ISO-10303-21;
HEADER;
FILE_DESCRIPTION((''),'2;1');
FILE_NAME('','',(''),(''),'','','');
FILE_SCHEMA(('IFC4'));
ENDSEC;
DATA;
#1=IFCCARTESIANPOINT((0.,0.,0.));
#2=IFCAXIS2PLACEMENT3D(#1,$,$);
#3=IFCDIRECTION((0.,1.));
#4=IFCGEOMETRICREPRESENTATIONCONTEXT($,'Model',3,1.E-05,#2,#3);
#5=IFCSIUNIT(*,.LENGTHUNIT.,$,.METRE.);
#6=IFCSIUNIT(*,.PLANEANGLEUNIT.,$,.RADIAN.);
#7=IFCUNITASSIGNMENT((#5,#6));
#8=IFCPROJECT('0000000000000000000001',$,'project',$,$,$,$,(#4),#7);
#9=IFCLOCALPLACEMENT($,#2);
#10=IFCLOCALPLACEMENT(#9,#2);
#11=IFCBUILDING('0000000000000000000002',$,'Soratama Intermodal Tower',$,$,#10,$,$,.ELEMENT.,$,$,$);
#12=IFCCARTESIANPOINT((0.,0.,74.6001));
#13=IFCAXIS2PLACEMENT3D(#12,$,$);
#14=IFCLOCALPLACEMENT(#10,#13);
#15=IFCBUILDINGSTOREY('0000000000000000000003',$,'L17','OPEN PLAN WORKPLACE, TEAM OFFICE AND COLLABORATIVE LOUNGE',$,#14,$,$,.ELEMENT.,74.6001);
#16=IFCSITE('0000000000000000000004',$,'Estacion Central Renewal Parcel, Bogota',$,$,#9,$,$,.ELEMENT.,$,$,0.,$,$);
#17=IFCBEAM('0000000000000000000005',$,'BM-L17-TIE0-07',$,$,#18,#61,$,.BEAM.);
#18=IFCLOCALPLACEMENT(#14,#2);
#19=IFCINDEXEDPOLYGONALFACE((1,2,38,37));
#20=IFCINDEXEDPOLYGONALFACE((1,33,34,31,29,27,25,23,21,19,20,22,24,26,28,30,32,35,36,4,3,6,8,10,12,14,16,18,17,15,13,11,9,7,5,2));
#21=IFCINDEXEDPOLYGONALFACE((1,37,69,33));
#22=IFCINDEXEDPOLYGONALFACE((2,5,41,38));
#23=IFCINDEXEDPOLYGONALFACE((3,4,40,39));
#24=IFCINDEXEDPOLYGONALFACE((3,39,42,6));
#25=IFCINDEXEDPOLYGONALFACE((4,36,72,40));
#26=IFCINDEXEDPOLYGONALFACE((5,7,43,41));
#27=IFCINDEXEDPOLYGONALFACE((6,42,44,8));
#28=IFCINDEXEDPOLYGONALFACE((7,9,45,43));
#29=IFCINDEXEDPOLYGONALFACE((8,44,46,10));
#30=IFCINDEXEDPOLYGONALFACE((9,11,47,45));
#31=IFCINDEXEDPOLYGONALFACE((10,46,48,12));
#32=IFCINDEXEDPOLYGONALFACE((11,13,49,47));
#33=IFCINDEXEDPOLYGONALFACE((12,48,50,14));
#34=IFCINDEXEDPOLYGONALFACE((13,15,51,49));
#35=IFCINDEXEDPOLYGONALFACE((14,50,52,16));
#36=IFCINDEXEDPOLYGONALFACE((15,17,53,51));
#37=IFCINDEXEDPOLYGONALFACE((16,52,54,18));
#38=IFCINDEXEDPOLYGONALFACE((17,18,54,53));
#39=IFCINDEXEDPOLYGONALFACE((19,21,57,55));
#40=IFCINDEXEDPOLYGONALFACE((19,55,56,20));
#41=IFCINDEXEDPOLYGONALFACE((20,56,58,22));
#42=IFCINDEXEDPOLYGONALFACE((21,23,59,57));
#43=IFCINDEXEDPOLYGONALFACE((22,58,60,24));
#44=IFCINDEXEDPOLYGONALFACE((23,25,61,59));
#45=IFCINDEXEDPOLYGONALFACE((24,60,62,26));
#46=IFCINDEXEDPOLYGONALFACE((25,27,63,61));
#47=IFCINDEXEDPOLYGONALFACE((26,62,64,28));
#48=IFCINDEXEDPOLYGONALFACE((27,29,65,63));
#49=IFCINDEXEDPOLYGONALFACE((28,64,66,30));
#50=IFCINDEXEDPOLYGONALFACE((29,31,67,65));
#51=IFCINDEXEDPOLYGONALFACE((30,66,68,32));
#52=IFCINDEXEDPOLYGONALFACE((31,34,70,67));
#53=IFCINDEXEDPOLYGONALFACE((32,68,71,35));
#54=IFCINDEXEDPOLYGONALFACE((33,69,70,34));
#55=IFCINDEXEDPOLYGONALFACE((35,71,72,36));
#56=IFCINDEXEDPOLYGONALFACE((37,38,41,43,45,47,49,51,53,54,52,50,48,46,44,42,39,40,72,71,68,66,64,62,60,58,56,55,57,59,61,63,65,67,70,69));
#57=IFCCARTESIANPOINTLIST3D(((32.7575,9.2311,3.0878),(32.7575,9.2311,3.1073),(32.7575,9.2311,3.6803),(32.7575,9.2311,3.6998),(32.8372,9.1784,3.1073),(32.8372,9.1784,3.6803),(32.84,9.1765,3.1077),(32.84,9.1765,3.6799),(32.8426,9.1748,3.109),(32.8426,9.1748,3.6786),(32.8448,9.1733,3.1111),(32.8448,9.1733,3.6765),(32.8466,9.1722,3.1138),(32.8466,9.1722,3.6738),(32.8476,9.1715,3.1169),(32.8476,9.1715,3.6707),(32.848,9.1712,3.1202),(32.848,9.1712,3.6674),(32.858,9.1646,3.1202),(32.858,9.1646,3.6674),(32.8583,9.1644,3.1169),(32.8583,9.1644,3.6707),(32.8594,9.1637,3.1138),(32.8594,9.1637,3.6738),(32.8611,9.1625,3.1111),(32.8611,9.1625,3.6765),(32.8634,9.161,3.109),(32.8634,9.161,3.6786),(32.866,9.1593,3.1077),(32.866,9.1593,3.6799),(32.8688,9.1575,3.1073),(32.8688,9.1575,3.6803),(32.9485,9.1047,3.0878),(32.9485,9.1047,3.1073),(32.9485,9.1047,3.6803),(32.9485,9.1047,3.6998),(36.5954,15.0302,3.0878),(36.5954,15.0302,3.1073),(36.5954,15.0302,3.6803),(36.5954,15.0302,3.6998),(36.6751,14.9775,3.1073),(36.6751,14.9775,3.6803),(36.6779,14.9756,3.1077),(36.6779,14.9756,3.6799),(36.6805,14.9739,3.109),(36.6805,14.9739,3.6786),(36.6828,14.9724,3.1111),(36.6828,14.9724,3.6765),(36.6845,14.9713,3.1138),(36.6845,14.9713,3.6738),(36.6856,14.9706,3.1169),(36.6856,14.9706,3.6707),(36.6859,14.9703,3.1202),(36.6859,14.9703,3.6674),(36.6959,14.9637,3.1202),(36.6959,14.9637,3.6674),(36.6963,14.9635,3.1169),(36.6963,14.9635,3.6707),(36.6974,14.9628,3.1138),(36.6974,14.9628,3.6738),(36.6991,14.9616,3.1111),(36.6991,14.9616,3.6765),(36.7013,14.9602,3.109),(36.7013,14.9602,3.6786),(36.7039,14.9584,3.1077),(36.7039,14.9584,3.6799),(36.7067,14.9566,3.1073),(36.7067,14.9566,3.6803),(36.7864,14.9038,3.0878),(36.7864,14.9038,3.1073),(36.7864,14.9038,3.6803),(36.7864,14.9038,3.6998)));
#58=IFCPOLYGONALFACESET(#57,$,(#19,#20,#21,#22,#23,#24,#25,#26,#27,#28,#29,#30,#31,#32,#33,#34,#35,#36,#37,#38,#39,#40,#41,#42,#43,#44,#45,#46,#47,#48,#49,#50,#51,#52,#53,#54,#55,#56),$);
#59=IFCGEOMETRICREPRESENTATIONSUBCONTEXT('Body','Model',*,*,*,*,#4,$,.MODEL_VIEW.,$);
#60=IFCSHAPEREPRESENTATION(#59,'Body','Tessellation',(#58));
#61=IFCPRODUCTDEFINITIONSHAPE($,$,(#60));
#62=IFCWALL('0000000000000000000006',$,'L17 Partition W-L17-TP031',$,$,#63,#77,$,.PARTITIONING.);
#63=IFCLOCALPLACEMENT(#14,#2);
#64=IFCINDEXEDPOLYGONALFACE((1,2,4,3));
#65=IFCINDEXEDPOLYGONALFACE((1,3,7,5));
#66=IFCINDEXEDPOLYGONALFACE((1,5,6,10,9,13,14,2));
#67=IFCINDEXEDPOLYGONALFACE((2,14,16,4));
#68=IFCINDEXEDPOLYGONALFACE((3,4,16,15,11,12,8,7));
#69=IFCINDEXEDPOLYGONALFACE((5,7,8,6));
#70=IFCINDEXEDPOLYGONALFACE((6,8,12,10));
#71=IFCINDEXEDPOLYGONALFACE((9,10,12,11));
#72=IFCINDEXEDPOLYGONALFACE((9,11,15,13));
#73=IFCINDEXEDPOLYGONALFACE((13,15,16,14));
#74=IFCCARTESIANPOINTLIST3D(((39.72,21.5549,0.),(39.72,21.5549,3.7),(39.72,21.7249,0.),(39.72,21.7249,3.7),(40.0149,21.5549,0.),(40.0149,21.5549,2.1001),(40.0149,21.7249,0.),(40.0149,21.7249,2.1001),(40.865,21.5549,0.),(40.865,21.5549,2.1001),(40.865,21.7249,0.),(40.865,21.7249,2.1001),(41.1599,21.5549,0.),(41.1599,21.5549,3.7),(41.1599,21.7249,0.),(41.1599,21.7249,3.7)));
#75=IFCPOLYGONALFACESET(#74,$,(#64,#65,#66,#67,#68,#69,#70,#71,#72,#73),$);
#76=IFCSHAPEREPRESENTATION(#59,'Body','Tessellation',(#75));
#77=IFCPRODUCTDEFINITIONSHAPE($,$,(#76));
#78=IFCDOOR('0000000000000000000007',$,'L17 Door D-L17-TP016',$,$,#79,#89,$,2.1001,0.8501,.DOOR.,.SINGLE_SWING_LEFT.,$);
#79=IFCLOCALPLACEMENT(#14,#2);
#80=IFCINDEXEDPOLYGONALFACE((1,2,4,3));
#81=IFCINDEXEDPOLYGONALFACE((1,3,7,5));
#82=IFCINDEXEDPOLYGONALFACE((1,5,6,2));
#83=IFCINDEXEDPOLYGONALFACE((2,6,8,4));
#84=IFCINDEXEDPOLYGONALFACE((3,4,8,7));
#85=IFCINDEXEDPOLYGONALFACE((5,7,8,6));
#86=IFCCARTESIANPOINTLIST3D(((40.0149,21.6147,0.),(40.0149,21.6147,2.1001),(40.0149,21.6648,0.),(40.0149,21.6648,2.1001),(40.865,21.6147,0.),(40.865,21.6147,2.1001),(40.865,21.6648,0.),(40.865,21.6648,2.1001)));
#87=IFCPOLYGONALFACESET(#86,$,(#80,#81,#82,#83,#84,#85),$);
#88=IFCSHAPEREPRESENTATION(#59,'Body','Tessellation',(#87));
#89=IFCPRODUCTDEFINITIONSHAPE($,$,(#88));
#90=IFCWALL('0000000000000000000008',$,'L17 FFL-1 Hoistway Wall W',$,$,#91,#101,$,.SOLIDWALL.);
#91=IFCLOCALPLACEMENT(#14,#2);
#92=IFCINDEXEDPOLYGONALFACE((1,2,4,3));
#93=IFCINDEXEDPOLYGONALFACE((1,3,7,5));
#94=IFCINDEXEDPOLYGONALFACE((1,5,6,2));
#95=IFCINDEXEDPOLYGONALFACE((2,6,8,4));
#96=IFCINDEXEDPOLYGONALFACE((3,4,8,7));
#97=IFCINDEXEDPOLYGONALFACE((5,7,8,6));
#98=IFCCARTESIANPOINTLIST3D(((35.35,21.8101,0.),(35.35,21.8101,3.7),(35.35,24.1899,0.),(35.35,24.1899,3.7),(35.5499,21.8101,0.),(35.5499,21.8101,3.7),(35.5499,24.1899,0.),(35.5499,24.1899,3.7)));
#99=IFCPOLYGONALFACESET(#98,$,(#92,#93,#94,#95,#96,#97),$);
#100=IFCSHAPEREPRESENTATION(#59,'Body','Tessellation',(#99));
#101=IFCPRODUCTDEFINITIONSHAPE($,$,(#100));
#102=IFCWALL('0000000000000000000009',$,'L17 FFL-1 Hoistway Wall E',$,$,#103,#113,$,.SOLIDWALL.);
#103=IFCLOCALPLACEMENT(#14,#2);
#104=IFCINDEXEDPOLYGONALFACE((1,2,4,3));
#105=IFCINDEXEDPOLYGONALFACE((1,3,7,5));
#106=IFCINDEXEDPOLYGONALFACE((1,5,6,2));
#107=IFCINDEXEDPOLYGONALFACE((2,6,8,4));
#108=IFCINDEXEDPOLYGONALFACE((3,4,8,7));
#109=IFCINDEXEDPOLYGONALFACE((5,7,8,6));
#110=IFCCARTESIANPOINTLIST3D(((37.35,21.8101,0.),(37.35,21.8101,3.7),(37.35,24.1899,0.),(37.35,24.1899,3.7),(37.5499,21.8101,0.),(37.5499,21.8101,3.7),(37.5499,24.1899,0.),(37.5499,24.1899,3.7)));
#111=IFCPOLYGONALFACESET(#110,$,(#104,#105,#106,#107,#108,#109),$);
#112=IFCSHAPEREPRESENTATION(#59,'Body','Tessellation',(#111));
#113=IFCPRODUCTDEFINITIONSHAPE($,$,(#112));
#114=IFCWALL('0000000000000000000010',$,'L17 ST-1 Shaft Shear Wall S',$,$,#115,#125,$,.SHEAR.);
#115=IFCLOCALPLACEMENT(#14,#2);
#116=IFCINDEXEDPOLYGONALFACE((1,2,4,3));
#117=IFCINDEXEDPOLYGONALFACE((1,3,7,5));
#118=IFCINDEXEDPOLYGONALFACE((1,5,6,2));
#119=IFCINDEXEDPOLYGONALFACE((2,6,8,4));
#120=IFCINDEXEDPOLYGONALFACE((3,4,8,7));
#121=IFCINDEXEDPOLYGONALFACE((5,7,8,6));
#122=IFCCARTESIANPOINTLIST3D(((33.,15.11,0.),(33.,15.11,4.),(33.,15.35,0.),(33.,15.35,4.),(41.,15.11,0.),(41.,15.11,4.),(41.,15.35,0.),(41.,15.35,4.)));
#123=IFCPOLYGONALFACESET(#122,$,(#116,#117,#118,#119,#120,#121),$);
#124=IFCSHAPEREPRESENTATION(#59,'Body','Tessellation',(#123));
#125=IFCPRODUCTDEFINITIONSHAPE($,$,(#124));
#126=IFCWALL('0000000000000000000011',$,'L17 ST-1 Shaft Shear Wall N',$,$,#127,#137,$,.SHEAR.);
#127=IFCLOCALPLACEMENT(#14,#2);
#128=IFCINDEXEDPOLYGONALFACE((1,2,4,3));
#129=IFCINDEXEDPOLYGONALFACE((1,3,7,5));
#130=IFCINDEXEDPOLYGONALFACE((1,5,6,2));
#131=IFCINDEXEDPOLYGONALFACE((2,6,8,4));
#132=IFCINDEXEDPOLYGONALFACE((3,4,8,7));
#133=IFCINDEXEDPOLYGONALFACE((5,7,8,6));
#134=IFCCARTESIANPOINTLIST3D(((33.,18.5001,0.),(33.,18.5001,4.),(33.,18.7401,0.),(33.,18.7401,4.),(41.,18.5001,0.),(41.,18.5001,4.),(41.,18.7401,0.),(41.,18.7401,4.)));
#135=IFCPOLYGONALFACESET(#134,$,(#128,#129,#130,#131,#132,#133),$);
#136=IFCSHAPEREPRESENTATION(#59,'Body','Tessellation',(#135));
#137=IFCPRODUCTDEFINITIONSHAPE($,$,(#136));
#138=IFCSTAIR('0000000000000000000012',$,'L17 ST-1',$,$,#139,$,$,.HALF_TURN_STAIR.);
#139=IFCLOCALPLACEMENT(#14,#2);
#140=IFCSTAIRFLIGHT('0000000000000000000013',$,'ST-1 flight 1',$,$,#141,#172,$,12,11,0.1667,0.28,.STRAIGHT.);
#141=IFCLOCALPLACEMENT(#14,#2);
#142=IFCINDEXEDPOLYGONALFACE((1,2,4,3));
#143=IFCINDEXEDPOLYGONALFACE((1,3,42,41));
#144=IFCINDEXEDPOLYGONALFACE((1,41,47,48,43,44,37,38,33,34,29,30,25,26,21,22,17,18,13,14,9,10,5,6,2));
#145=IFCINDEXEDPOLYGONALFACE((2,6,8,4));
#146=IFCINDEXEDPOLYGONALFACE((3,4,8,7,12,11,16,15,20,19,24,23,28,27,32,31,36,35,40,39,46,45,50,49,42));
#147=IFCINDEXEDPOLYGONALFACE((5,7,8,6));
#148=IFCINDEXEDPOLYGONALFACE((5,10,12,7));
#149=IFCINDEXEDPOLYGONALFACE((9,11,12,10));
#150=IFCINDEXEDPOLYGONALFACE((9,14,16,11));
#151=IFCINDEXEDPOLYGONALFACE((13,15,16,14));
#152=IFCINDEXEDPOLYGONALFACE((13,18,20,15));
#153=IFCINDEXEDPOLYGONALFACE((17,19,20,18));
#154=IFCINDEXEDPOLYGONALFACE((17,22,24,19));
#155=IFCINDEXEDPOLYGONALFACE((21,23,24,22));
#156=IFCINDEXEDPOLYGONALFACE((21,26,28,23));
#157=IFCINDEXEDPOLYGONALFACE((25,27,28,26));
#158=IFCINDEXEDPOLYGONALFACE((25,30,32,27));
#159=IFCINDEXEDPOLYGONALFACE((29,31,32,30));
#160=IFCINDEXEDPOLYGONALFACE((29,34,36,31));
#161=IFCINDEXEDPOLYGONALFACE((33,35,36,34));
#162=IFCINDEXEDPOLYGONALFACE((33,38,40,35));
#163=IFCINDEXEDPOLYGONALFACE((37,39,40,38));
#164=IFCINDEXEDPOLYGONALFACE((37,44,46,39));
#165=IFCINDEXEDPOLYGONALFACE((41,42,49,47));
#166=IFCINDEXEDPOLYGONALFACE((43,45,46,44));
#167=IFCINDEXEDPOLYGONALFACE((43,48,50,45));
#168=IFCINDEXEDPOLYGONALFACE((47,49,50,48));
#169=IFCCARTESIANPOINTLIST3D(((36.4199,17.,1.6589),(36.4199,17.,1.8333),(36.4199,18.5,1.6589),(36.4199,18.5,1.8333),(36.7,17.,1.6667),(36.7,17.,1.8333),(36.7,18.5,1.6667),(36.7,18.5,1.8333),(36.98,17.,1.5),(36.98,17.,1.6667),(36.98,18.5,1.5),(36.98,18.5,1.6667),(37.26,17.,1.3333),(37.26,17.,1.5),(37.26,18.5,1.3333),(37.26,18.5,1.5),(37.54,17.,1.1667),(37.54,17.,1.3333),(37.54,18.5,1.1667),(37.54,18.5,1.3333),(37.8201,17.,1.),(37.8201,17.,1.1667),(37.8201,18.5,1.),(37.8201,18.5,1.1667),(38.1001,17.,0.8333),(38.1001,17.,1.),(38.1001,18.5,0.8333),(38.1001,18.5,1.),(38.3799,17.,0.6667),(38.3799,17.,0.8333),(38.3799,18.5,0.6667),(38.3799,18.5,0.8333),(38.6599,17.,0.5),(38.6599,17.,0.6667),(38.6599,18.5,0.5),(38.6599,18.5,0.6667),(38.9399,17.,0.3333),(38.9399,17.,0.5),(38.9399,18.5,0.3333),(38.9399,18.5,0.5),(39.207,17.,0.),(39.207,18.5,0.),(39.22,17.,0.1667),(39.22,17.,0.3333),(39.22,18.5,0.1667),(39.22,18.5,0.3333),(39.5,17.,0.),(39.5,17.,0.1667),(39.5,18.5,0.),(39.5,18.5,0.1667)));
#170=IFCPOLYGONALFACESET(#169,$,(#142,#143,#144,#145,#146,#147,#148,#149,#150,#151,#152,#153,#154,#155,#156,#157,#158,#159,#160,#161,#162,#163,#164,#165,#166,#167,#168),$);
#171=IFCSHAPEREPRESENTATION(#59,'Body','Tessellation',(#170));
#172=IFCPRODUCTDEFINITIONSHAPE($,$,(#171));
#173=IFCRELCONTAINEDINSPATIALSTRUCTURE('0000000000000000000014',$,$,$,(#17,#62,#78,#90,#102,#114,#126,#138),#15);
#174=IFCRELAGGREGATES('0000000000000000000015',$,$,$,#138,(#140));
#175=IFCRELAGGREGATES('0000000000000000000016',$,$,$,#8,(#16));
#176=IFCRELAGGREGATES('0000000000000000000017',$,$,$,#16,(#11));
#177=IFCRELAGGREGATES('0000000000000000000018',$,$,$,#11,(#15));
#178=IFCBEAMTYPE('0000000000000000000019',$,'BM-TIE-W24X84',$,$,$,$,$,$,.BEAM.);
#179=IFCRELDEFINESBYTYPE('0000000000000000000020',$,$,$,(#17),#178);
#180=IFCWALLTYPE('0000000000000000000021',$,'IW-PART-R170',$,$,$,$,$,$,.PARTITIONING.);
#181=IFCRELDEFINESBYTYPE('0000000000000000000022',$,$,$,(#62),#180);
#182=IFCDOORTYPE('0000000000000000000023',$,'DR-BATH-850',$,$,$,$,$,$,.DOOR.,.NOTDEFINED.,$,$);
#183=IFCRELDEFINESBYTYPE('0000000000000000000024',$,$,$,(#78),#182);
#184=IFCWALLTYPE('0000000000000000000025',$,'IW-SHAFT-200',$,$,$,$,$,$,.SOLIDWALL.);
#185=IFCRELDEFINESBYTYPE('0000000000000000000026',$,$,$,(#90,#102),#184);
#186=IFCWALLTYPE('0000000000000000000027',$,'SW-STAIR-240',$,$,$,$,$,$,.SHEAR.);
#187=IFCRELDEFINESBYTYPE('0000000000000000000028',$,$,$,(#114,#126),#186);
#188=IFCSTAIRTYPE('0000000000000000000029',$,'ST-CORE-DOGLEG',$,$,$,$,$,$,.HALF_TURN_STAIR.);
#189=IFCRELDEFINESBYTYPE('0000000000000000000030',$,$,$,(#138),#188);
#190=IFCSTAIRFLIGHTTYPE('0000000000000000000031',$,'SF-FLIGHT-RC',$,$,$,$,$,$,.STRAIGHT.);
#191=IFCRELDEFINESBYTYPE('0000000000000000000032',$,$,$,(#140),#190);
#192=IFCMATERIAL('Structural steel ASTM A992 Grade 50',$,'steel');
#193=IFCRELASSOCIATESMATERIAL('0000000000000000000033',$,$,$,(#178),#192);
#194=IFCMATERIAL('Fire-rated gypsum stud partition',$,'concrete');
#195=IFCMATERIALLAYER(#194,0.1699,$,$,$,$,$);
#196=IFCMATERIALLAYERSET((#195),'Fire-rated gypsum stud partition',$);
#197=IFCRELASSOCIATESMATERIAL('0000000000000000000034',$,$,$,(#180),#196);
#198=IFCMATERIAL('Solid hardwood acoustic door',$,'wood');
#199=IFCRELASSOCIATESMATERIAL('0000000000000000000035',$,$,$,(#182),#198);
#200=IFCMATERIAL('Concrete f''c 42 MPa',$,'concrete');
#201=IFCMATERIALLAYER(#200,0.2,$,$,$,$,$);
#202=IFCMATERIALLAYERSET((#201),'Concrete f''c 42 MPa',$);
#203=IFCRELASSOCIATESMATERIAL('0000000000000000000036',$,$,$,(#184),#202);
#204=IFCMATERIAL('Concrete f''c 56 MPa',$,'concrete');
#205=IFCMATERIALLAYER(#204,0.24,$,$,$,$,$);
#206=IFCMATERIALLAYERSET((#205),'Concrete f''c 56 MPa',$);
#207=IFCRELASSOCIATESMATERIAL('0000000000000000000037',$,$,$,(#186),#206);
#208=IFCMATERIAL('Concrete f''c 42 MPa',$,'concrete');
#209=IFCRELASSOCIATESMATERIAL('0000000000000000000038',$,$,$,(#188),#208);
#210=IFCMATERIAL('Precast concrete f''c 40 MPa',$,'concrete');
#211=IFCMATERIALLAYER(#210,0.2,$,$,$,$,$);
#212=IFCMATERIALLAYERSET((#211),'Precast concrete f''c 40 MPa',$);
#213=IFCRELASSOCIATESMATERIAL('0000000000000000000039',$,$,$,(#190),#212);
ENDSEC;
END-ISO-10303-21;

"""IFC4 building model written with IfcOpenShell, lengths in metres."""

from ifc_helpers import new_model, si_unit, direction, frame, frame_2d, origin, origin_2d, place, context, subcontext, project, spatial, polyline, rectangle, i_section, outline, extrude, material, layer, layer_set, material_profile, profile_set, type_object, element, fill, aggregate, save


model = new_model("IFC4")

# Units and contexts
model_context = context("Model", 3, precision=1e-05, world=origin(), true_north=direction((0.0, 1.0)))
body_context = subcontext(model_context, "Body", "Model", "MODEL_VIEW")
ifc_project = project(units=[si_unit("LENGTHUNIT", "METRE"), si_unit("PLANEANGLEUNIT", "RADIAN")], contexts=[model_context])

# Site, building, storey
site_placement = place(None, origin())
site = spatial("IfcSite", under=ifc_project, at=site_placement, Name="Estacion Central Renewal Parcel, Bogota", CompositionType="ELEMENT", RefElevation=0.0)
building_placement = place(site_placement, origin())
building = spatial("IfcBuilding", under=site, at=building_placement, Name="Soratama Intermodal Tower", CompositionType="ELEMENT")
storey_placement = place(building_placement, frame((0.0, 0.0, 74.6001)))
storey = spatial("IfcBuildingStorey", under=building, at=storey_placement, Name="L17", Description="OPEN PLAN WORKPLACE, TEAM OFFICE AND COLLABORATIVE LOUNGE", CompositionType="ELEMENT", Elevation=74.6001)

# Beam
ifc_material_1 = material(Name="Structural steel ASTM A992 Grade 50", Category="steel")
ifc_material_profile_1 = material_profile(ifc_material_1, i_section(OverallWidth=0.229, OverallDepth=0.6121, WebThickness=0.012, FlangeThickness=0.0195, FilletRadius=0.0129, at=origin_2d()), Name="W24X84")
ifc_profile_set_1 = profile_set([ifc_material_profile_1], Name="Structural steel ASTM A992 Grade 50")
beam_type_1 = type_object("IfcBeamType", Name="BM-TIE-W24X84", PredefinedType="BEAM", material=ifc_profile_set_1)
beam_1_placement = place(storey_placement, frame((36.6909, 14.967, 3.3938), z_axis=(-0.551894, -0.833914, 0.0), x_axis=(0.833914, -0.551894, 0.0)))
element("IfcBeam", 1, at=beam_1_placement, inside=storey, type_object=beam_type_1, Name="BM-L17-TIE0-07", PredefinedType="BEAM", context=body_context, shape_type="SweptSolid", body=[
    extrude(i_section(OverallWidth=0.229, OverallDepth=0.6121, WebThickness=0.012, FlangeThickness=0.0195, FilletRadius=0.0129, at=origin_2d()), origin(), (0.0, 0.0, 1.0), 6.9541),
])

# Wall, opening, door
ifc_material_2 = material(Name="Fire-rated gypsum stud partition", Category="concrete")
ifc_layer_1 = layer(ifc_material_2, 0.1699)
ifc_layer_set_1 = layer_set([ifc_layer_1], Name="Fire-rated gypsum stud partition")
wall_type_1 = type_object("IfcWallType", Name="IW-PART-R170", PredefinedType="PARTITIONING", material=ifc_layer_set_1)
wall_1_placement = place(storey_placement, frame((39.72, 21.6399, 0.0), z_axis=(0.0, 0.0, 1.0), x_axis=(1.0, 0.0, 0.0)))
wall_1 = element("IfcWall", 2, at=wall_1_placement, inside=storey, type_object=wall_type_1, Name="L17 Partition W-L17-TP031", PredefinedType="PARTITIONING", context=body_context, shape_type="SweptSolid", body=[
    extrude(rectangle(XDim=1.4399, YDim=0.1699, at=frame_2d((0.72, 0.0))), origin(), (0.0, 0.0, 1.0), 3.7),
])
opening_1_placement = place(wall_1_placement, frame((0.2949, 0.0, 0.0)))
opening_1 = element("IfcOpeningElement", 3, at=opening_1_placement, cuts=wall_1, PredefinedType="OPENING", context=body_context, shape_type="SweptSolid", body=[
    extrude(rectangle(XDim=0.8501, YDim=2.1001, at=frame_2d((0.425, 1.05))), frame((0.0, 0.095, 0.0), z_axis=(0.0, -1.0, 0.0), x_axis=(1.0, 0.0, 0.0)), (0.0, 0.0, 1.0), 0.1899),
])
ifc_material_3 = material(Name="Solid hardwood acoustic door", Category="wood")
door_type_1 = type_object("IfcDoorType", Name="DR-BATH-850", OperationType="NOTDEFINED", PredefinedType="DOOR", material=ifc_material_3)
door_1_placement = place(opening_1_placement, origin())
door_1 = element("IfcDoor", 4, at=door_1_placement, inside=storey, type_object=door_type_1, Name="L17 Door D-L17-TP016", OperationType="SINGLE_SWING_LEFT", OverallHeight=2.1001, OverallWidth=0.8501, PredefinedType="DOOR", context=body_context, shape_type="SweptSolid", body=[
    extrude(rectangle(XDim=0.8501, YDim=2.1001, at=frame_2d((0.425, 1.05))), frame((0.0, 0.0249, 0.0), z_axis=(0.0, -1.0, 0.0), x_axis=(1.0, 0.0, 0.0)), (0.0, 0.0, 1.0), 0.05),
])
fill(opening_1, door_1)
ifc_material_4 = material(Name="Concrete f'c 42 MPa", Category="concrete")
ifc_layer_2 = layer(ifc_material_4, 0.2)
ifc_layer_set_2 = layer_set([ifc_layer_2], Name="Concrete f'c 42 MPa")
wall_type_2 = type_object("IfcWallType", Name="IW-SHAFT-200", PredefinedType="SOLIDWALL", material=ifc_layer_set_2)

# Walls
for number, where, z_axis, x_axis, name in (
    (5, (35.45, 21.8101, 0.0), (0.0, 0.0, 1.0), (0.0, 1.0, 0.0), "L17 FFL-1 Hoistway Wall W"),
    (6, (37.45, 21.8101, 0.0), (0.0, 0.0, 1.0), (0.0, 1.0, 0.0), "L17 FFL-1 Hoistway Wall E"),
):
    element("IfcWall", number, at=place(storey_placement, frame(where, z_axis=z_axis, x_axis=x_axis)), inside=storey, type_object=wall_type_2, Name=name, PredefinedType="SOLIDWALL", context=body_context, shape_type="SweptSolid", body=[
        extrude(rectangle(XDim=2.3799, YDim=0.2, at=frame_2d((1.1899, 0.0))), origin(), (0.0, 0.0, 1.0), 3.7),
    ])

# Walls
ifc_material_5 = material(Name="Concrete f'c 56 MPa", Category="concrete")
ifc_layer_3 = layer(ifc_material_5, 0.24)
ifc_layer_set_3 = layer_set([ifc_layer_3], Name="Concrete f'c 56 MPa")
wall_type_3 = type_object("IfcWallType", Name="SW-STAIR-240", PredefinedType="SHEAR", material=ifc_layer_set_3)
for number, where, z_axis, x_axis, name in (
    (7, (33.0, 15.23, 0.0), (0.0, 0.0, 1.0), (1.0, 0.0, 0.0), "L17 ST-1 Shaft Shear Wall S"),
    (8, (33.0, 18.6201, 0.0), (0.0, 0.0, 1.0), (1.0, 0.0, 0.0), "L17 ST-1 Shaft Shear Wall N"),
):
    element("IfcWall", number, at=place(storey_placement, frame(where, z_axis=z_axis, x_axis=x_axis)), inside=storey, type_object=wall_type_3, Name=name, PredefinedType="SHEAR", context=body_context, shape_type="SweptSolid", body=[
        extrude(rectangle(XDim=8.0, YDim=0.24, at=frame_2d((4.0, 0.0))), origin(), (0.0, 0.0, 1.0), 4.0),
    ])

# Stair, stair flight
ifc_material_6 = material(Name="Concrete f'c 42 MPa", Category="concrete")
stair_type = type_object("IfcStairType", Name="ST-CORE-DOGLEG", PredefinedType="HALF_TURN_STAIR", material=ifc_material_6)
stair_placement = place(storey_placement, origin())
stair = element("IfcStair", 9, at=stair_placement, inside=storey, type_object=stair_type, Name="L17 ST-1", PredefinedType="HALF_TURN_STAIR")
ifc_material_7 = material(Name="Precast concrete f'c 40 MPa", Category="concrete")
ifc_layer_4 = layer(ifc_material_7, 0.2)
ifc_layer_set_4 = layer_set([ifc_layer_4], Name="Precast concrete f'c 40 MPa")
stair_flight_type = type_object("IfcStairFlightType", Name="SF-FLIGHT-RC", PredefinedType="STRAIGHT", material=ifc_layer_set_4)
stair_flight_1_placement = place(storey_placement, frame((39.5, 17.75, 0.0), z_axis=(0.0, 0.0, 1.0), x_axis=(-1.0, 0.0, 0.0)))
stair_flight_1 = element("IfcStairFlight", 10, at=stair_flight_1_placement, type_object=stair_flight_type, Name="ST-1 flight 1", NumberOfRisers=12, NumberOfTreads=11, PredefinedType="STRAIGHT", RiserHeight=0.1667, TreadLength=0.28, context=body_context, shape_type="SweptSolid", body=[
    extrude(outline(polyline([(0.0, 0.0), (0.0, 0.1667), (0.28, 0.1667), (0.28, 0.3333), (0.5601, 0.3333), (0.5601, 0.5), (0.8401, 0.5), (0.8401, 0.6667), (1.1201, 0.6667), (1.1201, 0.8333), (1.3999, 0.8333), (1.3999, 1.0), (1.6799, 1.0), (1.6799, 1.1667), (1.96, 1.1667), (1.96, 1.3333), (2.24, 1.3333), (2.24, 1.5), (2.52, 1.5), (2.52, 1.6667), (2.8, 1.6667), (2.8, 1.8333), (3.0801, 1.8333), (3.0801, 2.0), (3.0801, 1.6589), (0.293, 0.0), (0.0, 0.0)])), frame((0.0, 0.75, 0.0), z_axis=(0.0, -1.0, 0.0), x_axis=(1.0, 0.0, 0.0)), (0.0, 0.0, 1.0), 1.5),
])
aggregate(stair, [stair_flight_1])

save(model, "model.ifc")
